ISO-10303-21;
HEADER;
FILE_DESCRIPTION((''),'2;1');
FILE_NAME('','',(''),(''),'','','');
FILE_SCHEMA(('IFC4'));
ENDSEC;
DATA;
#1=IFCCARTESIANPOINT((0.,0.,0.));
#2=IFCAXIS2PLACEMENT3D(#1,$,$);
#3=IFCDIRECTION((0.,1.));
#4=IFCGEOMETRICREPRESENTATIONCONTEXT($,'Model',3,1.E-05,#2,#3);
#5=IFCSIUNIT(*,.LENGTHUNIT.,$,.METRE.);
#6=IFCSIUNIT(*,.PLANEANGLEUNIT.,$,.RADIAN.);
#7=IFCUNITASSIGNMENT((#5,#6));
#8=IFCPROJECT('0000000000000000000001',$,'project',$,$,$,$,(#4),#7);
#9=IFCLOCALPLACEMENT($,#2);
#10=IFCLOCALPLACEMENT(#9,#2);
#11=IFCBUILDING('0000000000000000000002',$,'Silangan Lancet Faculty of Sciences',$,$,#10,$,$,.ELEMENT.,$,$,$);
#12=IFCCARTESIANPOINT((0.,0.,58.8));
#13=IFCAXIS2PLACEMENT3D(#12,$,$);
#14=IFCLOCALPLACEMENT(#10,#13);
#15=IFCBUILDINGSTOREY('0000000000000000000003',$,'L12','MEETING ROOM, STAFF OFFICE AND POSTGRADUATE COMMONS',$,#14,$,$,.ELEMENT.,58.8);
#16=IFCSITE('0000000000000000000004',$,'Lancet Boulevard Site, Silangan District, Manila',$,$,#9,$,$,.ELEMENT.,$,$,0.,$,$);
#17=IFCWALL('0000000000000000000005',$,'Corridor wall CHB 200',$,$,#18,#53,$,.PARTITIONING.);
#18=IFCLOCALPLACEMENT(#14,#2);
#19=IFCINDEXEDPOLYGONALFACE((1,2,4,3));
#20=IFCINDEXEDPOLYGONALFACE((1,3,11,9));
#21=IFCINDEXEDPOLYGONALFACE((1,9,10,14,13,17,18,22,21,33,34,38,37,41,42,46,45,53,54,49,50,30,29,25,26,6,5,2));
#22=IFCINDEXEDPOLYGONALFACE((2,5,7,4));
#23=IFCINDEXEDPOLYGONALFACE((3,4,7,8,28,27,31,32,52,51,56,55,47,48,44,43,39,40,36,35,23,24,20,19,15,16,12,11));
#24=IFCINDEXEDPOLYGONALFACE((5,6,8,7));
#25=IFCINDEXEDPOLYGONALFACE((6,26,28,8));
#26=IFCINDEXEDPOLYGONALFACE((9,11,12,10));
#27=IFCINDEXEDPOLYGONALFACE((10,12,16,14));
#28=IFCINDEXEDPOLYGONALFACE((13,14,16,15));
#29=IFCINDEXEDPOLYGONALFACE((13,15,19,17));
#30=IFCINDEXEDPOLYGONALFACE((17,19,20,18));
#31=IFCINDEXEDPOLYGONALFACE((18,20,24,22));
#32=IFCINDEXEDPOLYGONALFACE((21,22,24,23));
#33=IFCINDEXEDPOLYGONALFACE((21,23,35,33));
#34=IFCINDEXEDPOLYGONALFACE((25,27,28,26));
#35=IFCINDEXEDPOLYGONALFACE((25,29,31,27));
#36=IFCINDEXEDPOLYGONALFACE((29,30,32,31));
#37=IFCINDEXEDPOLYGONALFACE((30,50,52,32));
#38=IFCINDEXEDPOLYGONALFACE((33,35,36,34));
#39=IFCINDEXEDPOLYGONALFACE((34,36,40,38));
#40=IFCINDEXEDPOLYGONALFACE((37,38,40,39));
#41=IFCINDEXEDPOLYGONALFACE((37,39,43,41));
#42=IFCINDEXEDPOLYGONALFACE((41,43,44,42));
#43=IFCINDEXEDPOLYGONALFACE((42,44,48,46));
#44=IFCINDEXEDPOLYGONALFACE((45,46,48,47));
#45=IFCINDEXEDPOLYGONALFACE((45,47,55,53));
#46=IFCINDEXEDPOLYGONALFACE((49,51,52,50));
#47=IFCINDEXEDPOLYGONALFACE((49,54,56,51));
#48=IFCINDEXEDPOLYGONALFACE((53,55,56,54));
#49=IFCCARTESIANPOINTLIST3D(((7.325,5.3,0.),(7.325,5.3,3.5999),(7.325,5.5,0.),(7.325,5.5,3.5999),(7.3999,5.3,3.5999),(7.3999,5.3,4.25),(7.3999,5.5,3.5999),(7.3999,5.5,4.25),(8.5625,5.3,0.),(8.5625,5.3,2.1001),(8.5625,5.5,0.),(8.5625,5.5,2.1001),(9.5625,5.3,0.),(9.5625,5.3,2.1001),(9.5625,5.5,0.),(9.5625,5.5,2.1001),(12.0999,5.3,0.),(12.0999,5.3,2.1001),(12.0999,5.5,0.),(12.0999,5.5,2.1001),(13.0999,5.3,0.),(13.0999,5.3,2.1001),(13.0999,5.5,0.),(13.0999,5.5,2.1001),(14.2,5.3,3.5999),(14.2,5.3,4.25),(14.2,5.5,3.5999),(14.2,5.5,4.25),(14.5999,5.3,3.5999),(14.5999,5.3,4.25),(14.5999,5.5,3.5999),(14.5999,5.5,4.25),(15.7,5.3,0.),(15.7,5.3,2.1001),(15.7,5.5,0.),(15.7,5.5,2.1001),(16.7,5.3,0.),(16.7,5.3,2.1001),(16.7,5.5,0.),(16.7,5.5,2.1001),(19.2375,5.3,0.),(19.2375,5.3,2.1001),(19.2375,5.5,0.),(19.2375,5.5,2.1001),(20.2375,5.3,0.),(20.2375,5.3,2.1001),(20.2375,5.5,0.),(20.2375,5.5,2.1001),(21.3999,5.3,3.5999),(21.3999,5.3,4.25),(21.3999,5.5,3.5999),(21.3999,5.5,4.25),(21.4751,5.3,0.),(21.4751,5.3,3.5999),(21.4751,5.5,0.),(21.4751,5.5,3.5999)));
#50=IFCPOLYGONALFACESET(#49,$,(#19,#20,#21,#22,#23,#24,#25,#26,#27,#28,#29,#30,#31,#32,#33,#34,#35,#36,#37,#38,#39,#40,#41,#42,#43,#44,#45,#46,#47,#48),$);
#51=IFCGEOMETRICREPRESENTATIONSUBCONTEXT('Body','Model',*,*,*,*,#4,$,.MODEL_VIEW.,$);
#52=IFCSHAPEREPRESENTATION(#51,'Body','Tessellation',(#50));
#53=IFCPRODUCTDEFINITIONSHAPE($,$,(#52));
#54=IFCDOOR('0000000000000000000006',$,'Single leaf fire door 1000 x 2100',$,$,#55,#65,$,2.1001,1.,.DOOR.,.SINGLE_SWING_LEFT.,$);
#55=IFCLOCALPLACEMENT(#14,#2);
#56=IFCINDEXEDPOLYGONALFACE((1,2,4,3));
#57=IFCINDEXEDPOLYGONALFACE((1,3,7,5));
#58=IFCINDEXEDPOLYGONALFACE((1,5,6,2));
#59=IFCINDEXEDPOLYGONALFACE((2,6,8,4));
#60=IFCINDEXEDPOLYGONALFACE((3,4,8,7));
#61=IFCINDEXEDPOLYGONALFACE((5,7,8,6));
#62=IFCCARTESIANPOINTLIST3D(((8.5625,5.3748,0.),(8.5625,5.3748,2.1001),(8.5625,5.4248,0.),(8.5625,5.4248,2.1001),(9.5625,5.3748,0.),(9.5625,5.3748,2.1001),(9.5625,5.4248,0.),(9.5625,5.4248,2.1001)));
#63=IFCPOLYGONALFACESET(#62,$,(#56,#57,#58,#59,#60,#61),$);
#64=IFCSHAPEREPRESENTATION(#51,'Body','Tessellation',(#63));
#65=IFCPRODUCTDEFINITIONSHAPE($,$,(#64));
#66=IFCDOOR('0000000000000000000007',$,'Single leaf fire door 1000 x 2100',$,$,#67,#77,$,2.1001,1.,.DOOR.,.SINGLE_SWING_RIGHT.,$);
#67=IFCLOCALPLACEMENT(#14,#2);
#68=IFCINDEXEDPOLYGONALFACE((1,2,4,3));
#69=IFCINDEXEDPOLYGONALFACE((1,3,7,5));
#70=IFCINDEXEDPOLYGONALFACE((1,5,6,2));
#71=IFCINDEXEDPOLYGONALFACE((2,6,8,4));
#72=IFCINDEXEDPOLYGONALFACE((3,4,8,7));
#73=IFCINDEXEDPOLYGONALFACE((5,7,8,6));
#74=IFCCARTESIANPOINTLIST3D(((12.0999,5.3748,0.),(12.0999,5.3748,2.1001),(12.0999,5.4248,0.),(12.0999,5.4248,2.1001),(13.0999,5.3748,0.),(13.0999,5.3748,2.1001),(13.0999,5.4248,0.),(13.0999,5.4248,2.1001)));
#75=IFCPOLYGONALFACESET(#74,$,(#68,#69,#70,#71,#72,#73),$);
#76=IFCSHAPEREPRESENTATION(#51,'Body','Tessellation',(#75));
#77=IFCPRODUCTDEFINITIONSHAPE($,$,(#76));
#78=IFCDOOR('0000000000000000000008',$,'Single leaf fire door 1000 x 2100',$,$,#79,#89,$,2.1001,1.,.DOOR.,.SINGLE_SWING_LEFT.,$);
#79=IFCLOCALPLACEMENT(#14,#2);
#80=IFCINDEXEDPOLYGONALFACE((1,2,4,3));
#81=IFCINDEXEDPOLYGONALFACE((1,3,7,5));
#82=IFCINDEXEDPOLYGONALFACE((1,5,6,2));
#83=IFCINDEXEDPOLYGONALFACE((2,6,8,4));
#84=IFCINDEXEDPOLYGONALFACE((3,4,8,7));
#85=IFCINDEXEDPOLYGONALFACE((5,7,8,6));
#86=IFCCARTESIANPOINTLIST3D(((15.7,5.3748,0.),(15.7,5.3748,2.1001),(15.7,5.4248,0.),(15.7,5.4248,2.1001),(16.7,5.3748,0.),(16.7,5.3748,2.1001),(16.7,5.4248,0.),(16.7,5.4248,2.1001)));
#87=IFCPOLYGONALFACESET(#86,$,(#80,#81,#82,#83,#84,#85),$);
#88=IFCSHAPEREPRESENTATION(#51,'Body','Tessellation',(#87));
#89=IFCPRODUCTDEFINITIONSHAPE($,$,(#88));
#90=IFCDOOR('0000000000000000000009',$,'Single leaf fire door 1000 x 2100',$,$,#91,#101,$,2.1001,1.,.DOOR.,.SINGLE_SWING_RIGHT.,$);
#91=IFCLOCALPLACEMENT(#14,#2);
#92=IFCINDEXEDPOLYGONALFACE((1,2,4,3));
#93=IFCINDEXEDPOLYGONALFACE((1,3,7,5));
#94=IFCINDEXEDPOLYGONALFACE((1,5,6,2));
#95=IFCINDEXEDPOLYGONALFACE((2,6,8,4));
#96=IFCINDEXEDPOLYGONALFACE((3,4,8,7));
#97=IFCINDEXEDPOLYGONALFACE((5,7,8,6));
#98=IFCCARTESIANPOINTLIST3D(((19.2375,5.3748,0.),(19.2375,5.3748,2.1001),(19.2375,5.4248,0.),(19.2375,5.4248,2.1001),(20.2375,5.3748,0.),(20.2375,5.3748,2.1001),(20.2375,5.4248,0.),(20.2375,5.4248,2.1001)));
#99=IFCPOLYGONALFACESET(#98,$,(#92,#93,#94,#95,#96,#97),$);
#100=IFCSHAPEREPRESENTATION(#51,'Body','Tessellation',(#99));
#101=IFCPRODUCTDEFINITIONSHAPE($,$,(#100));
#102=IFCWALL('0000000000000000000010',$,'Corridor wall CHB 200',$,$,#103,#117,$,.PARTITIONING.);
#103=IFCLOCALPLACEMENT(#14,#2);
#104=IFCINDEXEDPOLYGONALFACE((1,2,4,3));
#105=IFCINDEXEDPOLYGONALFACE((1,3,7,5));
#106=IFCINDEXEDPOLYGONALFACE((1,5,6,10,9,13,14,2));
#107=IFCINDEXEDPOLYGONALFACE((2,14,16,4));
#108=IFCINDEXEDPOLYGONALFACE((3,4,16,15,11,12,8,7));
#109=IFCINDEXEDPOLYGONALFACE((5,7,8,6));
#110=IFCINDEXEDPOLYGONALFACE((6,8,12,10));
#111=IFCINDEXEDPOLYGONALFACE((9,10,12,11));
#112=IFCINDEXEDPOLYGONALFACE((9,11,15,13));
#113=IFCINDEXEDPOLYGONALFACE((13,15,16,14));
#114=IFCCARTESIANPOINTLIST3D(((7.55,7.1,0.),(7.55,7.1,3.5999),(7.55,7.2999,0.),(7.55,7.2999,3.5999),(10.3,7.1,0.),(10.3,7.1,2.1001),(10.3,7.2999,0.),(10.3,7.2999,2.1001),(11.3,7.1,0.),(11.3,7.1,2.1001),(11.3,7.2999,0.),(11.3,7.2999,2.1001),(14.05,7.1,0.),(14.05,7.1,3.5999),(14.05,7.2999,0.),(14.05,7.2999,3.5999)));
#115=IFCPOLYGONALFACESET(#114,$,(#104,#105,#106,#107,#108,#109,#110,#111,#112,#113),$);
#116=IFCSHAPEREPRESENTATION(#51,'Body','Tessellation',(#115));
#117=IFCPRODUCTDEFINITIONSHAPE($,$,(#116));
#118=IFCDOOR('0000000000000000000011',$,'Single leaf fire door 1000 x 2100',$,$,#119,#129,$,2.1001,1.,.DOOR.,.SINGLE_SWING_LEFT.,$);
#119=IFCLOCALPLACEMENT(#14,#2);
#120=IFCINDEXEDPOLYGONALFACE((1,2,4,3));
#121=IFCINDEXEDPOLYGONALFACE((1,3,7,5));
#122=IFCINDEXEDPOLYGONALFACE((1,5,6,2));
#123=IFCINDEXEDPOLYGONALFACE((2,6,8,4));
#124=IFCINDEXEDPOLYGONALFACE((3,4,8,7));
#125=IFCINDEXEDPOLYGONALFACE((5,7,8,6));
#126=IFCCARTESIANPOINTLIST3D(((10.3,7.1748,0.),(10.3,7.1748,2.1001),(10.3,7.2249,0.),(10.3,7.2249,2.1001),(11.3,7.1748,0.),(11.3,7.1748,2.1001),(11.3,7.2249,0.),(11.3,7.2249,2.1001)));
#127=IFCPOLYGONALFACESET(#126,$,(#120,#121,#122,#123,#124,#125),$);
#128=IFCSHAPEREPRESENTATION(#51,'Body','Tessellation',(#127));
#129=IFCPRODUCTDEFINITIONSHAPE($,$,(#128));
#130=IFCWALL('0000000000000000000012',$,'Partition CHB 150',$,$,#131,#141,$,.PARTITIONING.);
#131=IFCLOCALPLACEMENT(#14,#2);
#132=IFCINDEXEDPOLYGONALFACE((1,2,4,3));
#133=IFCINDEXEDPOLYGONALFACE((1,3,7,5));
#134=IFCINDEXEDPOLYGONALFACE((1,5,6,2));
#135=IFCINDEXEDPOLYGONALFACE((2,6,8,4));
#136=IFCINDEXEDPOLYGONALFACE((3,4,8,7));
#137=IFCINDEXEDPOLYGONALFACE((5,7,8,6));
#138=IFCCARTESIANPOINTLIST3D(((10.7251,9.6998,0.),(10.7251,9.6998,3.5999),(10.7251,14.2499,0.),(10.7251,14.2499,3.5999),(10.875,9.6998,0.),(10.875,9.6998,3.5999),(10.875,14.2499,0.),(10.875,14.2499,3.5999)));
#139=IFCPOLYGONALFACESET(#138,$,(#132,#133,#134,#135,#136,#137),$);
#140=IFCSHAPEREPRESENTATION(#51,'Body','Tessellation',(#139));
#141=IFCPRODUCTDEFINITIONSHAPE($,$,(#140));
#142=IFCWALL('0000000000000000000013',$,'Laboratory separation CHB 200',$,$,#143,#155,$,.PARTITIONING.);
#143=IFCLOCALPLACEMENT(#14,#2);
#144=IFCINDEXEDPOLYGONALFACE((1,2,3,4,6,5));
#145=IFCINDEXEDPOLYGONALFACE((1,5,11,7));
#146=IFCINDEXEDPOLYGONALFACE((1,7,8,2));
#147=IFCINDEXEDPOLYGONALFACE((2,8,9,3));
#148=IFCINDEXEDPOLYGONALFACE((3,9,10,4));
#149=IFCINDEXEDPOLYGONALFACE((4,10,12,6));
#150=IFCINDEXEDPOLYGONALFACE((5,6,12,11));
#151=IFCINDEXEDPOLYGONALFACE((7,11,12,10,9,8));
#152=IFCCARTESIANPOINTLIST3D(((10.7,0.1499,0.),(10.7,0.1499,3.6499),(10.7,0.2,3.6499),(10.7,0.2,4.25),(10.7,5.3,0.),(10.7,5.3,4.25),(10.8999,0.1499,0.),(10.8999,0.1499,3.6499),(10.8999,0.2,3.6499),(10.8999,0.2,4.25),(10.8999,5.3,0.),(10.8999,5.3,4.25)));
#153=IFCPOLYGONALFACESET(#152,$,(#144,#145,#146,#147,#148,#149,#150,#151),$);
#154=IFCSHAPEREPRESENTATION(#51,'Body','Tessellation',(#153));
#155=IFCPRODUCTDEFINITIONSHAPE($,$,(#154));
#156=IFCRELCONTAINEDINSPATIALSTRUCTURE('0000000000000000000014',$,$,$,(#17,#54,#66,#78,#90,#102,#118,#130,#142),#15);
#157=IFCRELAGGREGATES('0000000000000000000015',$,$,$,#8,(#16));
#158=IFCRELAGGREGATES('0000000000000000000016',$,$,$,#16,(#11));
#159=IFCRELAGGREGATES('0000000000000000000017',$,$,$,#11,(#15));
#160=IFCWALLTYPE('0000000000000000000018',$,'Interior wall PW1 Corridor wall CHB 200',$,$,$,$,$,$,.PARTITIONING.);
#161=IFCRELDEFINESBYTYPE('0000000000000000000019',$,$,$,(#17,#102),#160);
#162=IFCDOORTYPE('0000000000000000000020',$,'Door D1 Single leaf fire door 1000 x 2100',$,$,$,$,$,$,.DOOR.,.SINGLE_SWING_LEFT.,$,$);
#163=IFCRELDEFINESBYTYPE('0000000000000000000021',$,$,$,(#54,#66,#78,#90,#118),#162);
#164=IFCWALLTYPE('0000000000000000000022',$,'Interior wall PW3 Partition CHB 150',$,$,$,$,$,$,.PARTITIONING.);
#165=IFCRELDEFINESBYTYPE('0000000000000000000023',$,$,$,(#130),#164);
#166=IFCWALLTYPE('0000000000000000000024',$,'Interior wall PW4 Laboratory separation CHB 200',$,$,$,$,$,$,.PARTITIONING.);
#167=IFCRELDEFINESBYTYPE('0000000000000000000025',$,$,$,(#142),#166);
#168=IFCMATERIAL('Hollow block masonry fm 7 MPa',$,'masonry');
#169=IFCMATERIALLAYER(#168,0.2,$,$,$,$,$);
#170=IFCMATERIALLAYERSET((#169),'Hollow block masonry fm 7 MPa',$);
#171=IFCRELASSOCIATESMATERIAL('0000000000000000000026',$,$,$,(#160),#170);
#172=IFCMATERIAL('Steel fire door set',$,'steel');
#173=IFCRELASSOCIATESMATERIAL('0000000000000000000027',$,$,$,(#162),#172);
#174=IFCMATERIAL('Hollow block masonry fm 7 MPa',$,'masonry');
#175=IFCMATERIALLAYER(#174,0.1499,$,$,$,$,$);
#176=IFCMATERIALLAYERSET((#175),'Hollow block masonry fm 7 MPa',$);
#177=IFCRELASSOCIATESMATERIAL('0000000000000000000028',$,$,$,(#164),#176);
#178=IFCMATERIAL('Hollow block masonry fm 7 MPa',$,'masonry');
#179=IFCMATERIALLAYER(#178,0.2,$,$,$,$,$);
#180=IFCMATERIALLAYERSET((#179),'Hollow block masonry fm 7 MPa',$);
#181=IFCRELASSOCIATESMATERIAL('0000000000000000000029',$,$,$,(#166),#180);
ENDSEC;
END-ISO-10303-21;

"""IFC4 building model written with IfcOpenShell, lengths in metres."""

from ifc_helpers import new_model, si_unit, direction, frame, frame_2d, origin, place, context, subcontext, project, spatial, polyline, rectangle, outline, extrude, material, layer, layer_set, type_object, element, fill, save


model = new_model("IFC4")

# Units and contexts
model_context = context("Model", 3, precision=1e-05, world=origin(), true_north=direction((0.0, 1.0)))
body_context = subcontext(model_context, "Body", "Model", "MODEL_VIEW")
ifc_project = project(units=[si_unit("LENGTHUNIT", "METRE"), si_unit("PLANEANGLEUNIT", "RADIAN")], contexts=[model_context])

# Site, building, storey
site_placement = place(None, origin())
site = spatial("IfcSite", under=ifc_project, at=site_placement, Name="Lancet Boulevard Site, Silangan District, Manila", CompositionType="ELEMENT", RefElevation=0.0)
building_placement = place(site_placement, origin())
building = spatial("IfcBuilding", under=site, at=building_placement, Name="Silangan Lancet Faculty of Sciences", CompositionType="ELEMENT")
storey_placement = place(building_placement, frame((0.0, 0.0, 58.8)))
storey = spatial("IfcBuildingStorey", under=building, at=storey_placement, Name="L12", Description="MEETING ROOM, STAFF OFFICE AND POSTGRADUATE COMMONS", CompositionType="ELEMENT", Elevation=58.8)

# Wall, openings, doors
ifc_material_1 = material(Name="Hollow block masonry fm 7 MPa", Category="masonry")
ifc_layer_1 = layer(ifc_material_1, 0.2)
ifc_layer_set_1 = layer_set([ifc_layer_1], Name="Hollow block masonry fm 7 MPa")
wall_type_1 = type_object("IfcWallType", Name="Interior wall PW1 Corridor wall CHB 200", PredefinedType="PARTITIONING", material=ifc_layer_set_1)
wall_1_placement = place(storey_placement, frame((7.325, 5.3999, 0.0), z_axis=(0.0, 0.0, 1.0), x_axis=(1.0, 0.0, 0.0)))
wall_1 = element("IfcWall", 1, at=wall_1_placement, inside=storey, type_object=wall_type_1, Name="Corridor wall CHB 200", PredefinedType="PARTITIONING", context=body_context, shape_type="SweptSolid", body=[
    extrude(outline(polyline([(0.0, 0.0), (14.1501, 0.0), (14.1501, 3.5999), (14.075, 3.5999), (14.075, 4.25), (7.2749, 4.25), (7.2749, 3.5999), (6.875, 3.5999), (6.875, 4.25), (0.075, 4.25), (0.075, 3.5999), (0.0, 3.5999), (0.0, 0.0)])), frame((0.0, 0.1001, 0.0), z_axis=(0.0, -1.0, 0.0), x_axis=(1.0, 0.0, 0.0)), (0.0, 0.0, 1.0), 0.2),
])
opening_1_placement = place(wall_1_placement, frame((1.2375, 0.0, 0.0)))
opening_1 = element("IfcOpeningElement", 2, at=opening_1_placement, cuts=wall_1, PredefinedType="OPENING", context=body_context, shape_type="SweptSolid", body=[
    extrude(rectangle(XDim=1.0, YDim=2.1001, at=frame_2d((0.5, 1.05))), frame((0.0, 0.1099, 0.0), z_axis=(0.0, -1.0, 0.0), x_axis=(1.0, 0.0, 0.0)), (0.0, 0.0, 1.0), 0.22),
])
opening_2_placement = place(wall_1_placement, frame((4.7749, 0.0, 0.0)))
opening_2 = element("IfcOpeningElement", 3, at=opening_2_placement, cuts=wall_1, PredefinedType="OPENING", context=body_context, shape_type="SweptSolid", body=[
    extrude(rectangle(XDim=1.0, YDim=2.1001, at=frame_2d((0.5, 1.05))), frame((0.0, 0.1099, 0.0), z_axis=(0.0, -1.0, 0.0), x_axis=(1.0, 0.0, 0.0)), (0.0, 0.0, 1.0), 0.22),
])
opening_3_placement = place(wall_1_placement, frame((8.375, 0.0, 0.0)))
opening_3 = element("IfcOpeningElement", 4, at=opening_3_placement, cuts=wall_1, PredefinedType="OPENING", context=body_context, shape_type="SweptSolid", body=[
    extrude(rectangle(XDim=1.0, YDim=2.1001, at=frame_2d((0.5, 1.05))), frame((0.0, 0.1099, 0.0), z_axis=(0.0, -1.0, 0.0), x_axis=(1.0, 0.0, 0.0)), (0.0, 0.0, 1.0), 0.22),
])
opening_4_placement = place(wall_1_placement, frame((11.9126, 0.0, 0.0)))
opening_4 = element("IfcOpeningElement", 5, at=opening_4_placement, cuts=wall_1, PredefinedType="OPENING", context=body_context, shape_type="SweptSolid", body=[
    extrude(rectangle(XDim=1.0, YDim=2.1001, at=frame_2d((0.5, 1.05))), frame((0.0, 0.1099, 0.0), z_axis=(0.0, -1.0, 0.0), x_axis=(1.0, 0.0, 0.0)), (0.0, 0.0, 1.0), 0.22),
])
ifc_material_2 = material(Name="Steel fire door set", Category="steel")
door_type = type_object("IfcDoorType", Name="Door D1 Single leaf fire door 1000 x 2100", OperationType="SINGLE_SWING_LEFT", PredefinedType="DOOR", material=ifc_material_2)
door_1_placement = place(opening_1_placement, frame((1.0, 0.0, 0.0), z_axis=(0.0, 0.0, 1.0), x_axis=(-1.0, 0.0, 0.0)))
door_1 = element("IfcDoor", 6, at=door_1_placement, inside=storey, type_object=door_type, Name="Single leaf fire door 1000 x 2100", OperationType="SINGLE_SWING_LEFT", OverallHeight=2.1001, OverallWidth=1.0, PredefinedType="DOOR", context=body_context, shape_type="SweptSolid", body=[
    extrude(rectangle(XDim=1.0, YDim=2.1001, at=frame_2d((0.5, 1.05))), frame((0.0, 0.0251, 0.0), z_axis=(0.0, -1.0, 0.0), x_axis=(1.0, 0.0, 0.0)), (0.0, 0.0, 1.0), 0.05),
])
fill(opening_1, door_1)
door_2_placement = place(opening_2_placement, frame((1.0, 0.0, 0.0), z_axis=(0.0, 0.0, 1.0), x_axis=(-1.0, 0.0, 0.0)))
door_2 = element("IfcDoor", 7, at=door_2_placement, inside=storey, type_object=door_type, Name="Single leaf fire door 1000 x 2100", OperationType="SINGLE_SWING_RIGHT", OverallHeight=2.1001, OverallWidth=1.0, PredefinedType="DOOR", context=body_context, shape_type="SweptSolid", body=[
    extrude(rectangle(XDim=1.0, YDim=2.1001, at=frame_2d((0.5, 1.05))), frame((0.0, 0.0251, 0.0), z_axis=(0.0, -1.0, 0.0), x_axis=(1.0, 0.0, 0.0)), (0.0, 0.0, 1.0), 0.05),
])
fill(opening_2, door_2)
door_3_placement = place(opening_3_placement, frame((1.0, 0.0, 0.0), z_axis=(0.0, 0.0, 1.0), x_axis=(-1.0, 0.0, 0.0)))
door_3 = element("IfcDoor", 8, at=door_3_placement, inside=storey, type_object=door_type, Name="Single leaf fire door 1000 x 2100", OperationType="SINGLE_SWING_LEFT", OverallHeight=2.1001, OverallWidth=1.0, PredefinedType="DOOR", context=body_context, shape_type="SweptSolid", body=[
    extrude(rectangle(XDim=1.0, YDim=2.1001, at=frame_2d((0.5, 1.05))), frame((0.0, 0.0251, 0.0), z_axis=(0.0, -1.0, 0.0), x_axis=(1.0, 0.0, 0.0)), (0.0, 0.0, 1.0), 0.05),
])
fill(opening_3, door_3)
door_4_placement = place(opening_4_placement, frame((1.0, 0.0, 0.0), z_axis=(0.0, 0.0, 1.0), x_axis=(-1.0, 0.0, 0.0)))
door_4 = element("IfcDoor", 9, at=door_4_placement, inside=storey, type_object=door_type, Name="Single leaf fire door 1000 x 2100", OperationType="SINGLE_SWING_RIGHT", OverallHeight=2.1001, OverallWidth=1.0, PredefinedType="DOOR", context=body_context, shape_type="SweptSolid", body=[
    extrude(rectangle(XDim=1.0, YDim=2.1001, at=frame_2d((0.5, 1.05))), frame((0.0, 0.0251, 0.0), z_axis=(0.0, -1.0, 0.0), x_axis=(1.0, 0.0, 0.0)), (0.0, 0.0, 1.0), 0.05),
])
fill(opening_4, door_4)

# Wall, opening, door
wall_2_placement = place(storey_placement, frame((7.55, 7.2, 0.0), z_axis=(0.0, 0.0, 1.0), x_axis=(1.0, 0.0, 0.0)))
wall_2 = element("IfcWall", 10, at=wall_2_placement, inside=storey, type_object=wall_type_1, Name="Corridor wall CHB 200", PredefinedType="PARTITIONING", context=body_context, shape_type="SweptSolid", body=[
    extrude(rectangle(XDim=6.5, YDim=0.2, at=frame_2d((3.25, 0.0))), origin(), (0.0, 0.0, 1.0), 3.5999),
])
opening_5_placement = place(wall_2_placement, frame((2.75, 0.0, 0.0)))
opening_5 = element("IfcOpeningElement", 11, at=opening_5_placement, cuts=wall_2, PredefinedType="OPENING", context=body_context, shape_type="SweptSolid", body=[
    extrude(rectangle(XDim=1.0, YDim=2.1001, at=frame_2d((0.5, 1.05))), frame((0.0, 0.1099, 0.0), z_axis=(0.0, -1.0, 0.0), x_axis=(1.0, 0.0, 0.0)), (0.0, 0.0, 1.0), 0.22),
])
door_5_placement = place(opening_5_placement, frame((1.0, 0.0, 0.0), z_axis=(0.0, 0.0, 1.0), x_axis=(-1.0, 0.0, 0.0)))
door_5 = element("IfcDoor", 12, at=door_5_placement, inside=storey, type_object=door_type, Name="Single leaf fire door 1000 x 2100", OperationType="SINGLE_SWING_LEFT", OverallHeight=2.1001, OverallWidth=1.0, PredefinedType="DOOR", context=body_context, shape_type="SweptSolid", body=[
    extrude(rectangle(XDim=1.0, YDim=2.1001, at=frame_2d((0.5, 1.05))), frame((0.0, 0.0251, 0.0), z_axis=(0.0, -1.0, 0.0), x_axis=(1.0, 0.0, 0.0)), (0.0, 0.0, 1.0), 0.05),
])
fill(opening_5, door_5)

# Walls
ifc_material_3 = material(Name="Hollow block masonry fm 7 MPa", Category="masonry")
ifc_layer_2 = layer(ifc_material_3, 0.1499)
ifc_layer_set_2 = layer_set([ifc_layer_2], Name="Hollow block masonry fm 7 MPa")
wall_type_2 = type_object("IfcWallType", Name="Interior wall PW3 Partition CHB 150", PredefinedType="PARTITIONING", material=ifc_layer_set_2)
wall_3_placement = place(storey_placement, frame((10.8, 9.7, 0.0), z_axis=(0.0, 0.0, 1.0), x_axis=(0.0, 1.0, 0.0)))
element("IfcWall", 13, at=wall_3_placement, inside=storey, type_object=wall_type_2, Name="Partition CHB 150", PredefinedType="PARTITIONING", context=body_context, shape_type="SweptSolid", body=[
    extrude(rectangle(XDim=4.55, YDim=0.1499, at=frame_2d((2.2749, 0.0))), origin(), (0.0, 0.0, 1.0), 3.5999),
])
ifc_material_4 = material(Name="Hollow block masonry fm 7 MPa", Category="masonry")
ifc_layer_3 = layer(ifc_material_4, 0.2)
ifc_layer_set_3 = layer_set([ifc_layer_3], Name="Hollow block masonry fm 7 MPa")
wall_type_3 = type_object("IfcWallType", Name="Interior wall PW4 Laboratory separation CHB 200", PredefinedType="PARTITIONING", material=ifc_layer_set_3)
wall_4_placement = place(storey_placement, frame((10.8, 0.1499, 0.0), z_axis=(0.0, 0.0, 1.0), x_axis=(0.0, 1.0, 0.0)))
element("IfcWall", 14, at=wall_4_placement, inside=storey, type_object=wall_type_3, Name="Laboratory separation CHB 200", PredefinedType="PARTITIONING", context=body_context, shape_type="SweptSolid", body=[
    extrude(outline(polyline([(0.0, 0.0), (5.1501, 0.0), (5.1501, 4.25), (0.05, 4.25), (0.05, 3.6499), (0.0, 3.6499), (0.0, 0.0)])), frame((0.0, 0.1001, 0.0), z_axis=(0.0, -1.0, 0.0), x_axis=(1.0, 0.0, 0.0)), (0.0, 0.0, 1.0), 0.2),
])

save(model, "model.ifc")
